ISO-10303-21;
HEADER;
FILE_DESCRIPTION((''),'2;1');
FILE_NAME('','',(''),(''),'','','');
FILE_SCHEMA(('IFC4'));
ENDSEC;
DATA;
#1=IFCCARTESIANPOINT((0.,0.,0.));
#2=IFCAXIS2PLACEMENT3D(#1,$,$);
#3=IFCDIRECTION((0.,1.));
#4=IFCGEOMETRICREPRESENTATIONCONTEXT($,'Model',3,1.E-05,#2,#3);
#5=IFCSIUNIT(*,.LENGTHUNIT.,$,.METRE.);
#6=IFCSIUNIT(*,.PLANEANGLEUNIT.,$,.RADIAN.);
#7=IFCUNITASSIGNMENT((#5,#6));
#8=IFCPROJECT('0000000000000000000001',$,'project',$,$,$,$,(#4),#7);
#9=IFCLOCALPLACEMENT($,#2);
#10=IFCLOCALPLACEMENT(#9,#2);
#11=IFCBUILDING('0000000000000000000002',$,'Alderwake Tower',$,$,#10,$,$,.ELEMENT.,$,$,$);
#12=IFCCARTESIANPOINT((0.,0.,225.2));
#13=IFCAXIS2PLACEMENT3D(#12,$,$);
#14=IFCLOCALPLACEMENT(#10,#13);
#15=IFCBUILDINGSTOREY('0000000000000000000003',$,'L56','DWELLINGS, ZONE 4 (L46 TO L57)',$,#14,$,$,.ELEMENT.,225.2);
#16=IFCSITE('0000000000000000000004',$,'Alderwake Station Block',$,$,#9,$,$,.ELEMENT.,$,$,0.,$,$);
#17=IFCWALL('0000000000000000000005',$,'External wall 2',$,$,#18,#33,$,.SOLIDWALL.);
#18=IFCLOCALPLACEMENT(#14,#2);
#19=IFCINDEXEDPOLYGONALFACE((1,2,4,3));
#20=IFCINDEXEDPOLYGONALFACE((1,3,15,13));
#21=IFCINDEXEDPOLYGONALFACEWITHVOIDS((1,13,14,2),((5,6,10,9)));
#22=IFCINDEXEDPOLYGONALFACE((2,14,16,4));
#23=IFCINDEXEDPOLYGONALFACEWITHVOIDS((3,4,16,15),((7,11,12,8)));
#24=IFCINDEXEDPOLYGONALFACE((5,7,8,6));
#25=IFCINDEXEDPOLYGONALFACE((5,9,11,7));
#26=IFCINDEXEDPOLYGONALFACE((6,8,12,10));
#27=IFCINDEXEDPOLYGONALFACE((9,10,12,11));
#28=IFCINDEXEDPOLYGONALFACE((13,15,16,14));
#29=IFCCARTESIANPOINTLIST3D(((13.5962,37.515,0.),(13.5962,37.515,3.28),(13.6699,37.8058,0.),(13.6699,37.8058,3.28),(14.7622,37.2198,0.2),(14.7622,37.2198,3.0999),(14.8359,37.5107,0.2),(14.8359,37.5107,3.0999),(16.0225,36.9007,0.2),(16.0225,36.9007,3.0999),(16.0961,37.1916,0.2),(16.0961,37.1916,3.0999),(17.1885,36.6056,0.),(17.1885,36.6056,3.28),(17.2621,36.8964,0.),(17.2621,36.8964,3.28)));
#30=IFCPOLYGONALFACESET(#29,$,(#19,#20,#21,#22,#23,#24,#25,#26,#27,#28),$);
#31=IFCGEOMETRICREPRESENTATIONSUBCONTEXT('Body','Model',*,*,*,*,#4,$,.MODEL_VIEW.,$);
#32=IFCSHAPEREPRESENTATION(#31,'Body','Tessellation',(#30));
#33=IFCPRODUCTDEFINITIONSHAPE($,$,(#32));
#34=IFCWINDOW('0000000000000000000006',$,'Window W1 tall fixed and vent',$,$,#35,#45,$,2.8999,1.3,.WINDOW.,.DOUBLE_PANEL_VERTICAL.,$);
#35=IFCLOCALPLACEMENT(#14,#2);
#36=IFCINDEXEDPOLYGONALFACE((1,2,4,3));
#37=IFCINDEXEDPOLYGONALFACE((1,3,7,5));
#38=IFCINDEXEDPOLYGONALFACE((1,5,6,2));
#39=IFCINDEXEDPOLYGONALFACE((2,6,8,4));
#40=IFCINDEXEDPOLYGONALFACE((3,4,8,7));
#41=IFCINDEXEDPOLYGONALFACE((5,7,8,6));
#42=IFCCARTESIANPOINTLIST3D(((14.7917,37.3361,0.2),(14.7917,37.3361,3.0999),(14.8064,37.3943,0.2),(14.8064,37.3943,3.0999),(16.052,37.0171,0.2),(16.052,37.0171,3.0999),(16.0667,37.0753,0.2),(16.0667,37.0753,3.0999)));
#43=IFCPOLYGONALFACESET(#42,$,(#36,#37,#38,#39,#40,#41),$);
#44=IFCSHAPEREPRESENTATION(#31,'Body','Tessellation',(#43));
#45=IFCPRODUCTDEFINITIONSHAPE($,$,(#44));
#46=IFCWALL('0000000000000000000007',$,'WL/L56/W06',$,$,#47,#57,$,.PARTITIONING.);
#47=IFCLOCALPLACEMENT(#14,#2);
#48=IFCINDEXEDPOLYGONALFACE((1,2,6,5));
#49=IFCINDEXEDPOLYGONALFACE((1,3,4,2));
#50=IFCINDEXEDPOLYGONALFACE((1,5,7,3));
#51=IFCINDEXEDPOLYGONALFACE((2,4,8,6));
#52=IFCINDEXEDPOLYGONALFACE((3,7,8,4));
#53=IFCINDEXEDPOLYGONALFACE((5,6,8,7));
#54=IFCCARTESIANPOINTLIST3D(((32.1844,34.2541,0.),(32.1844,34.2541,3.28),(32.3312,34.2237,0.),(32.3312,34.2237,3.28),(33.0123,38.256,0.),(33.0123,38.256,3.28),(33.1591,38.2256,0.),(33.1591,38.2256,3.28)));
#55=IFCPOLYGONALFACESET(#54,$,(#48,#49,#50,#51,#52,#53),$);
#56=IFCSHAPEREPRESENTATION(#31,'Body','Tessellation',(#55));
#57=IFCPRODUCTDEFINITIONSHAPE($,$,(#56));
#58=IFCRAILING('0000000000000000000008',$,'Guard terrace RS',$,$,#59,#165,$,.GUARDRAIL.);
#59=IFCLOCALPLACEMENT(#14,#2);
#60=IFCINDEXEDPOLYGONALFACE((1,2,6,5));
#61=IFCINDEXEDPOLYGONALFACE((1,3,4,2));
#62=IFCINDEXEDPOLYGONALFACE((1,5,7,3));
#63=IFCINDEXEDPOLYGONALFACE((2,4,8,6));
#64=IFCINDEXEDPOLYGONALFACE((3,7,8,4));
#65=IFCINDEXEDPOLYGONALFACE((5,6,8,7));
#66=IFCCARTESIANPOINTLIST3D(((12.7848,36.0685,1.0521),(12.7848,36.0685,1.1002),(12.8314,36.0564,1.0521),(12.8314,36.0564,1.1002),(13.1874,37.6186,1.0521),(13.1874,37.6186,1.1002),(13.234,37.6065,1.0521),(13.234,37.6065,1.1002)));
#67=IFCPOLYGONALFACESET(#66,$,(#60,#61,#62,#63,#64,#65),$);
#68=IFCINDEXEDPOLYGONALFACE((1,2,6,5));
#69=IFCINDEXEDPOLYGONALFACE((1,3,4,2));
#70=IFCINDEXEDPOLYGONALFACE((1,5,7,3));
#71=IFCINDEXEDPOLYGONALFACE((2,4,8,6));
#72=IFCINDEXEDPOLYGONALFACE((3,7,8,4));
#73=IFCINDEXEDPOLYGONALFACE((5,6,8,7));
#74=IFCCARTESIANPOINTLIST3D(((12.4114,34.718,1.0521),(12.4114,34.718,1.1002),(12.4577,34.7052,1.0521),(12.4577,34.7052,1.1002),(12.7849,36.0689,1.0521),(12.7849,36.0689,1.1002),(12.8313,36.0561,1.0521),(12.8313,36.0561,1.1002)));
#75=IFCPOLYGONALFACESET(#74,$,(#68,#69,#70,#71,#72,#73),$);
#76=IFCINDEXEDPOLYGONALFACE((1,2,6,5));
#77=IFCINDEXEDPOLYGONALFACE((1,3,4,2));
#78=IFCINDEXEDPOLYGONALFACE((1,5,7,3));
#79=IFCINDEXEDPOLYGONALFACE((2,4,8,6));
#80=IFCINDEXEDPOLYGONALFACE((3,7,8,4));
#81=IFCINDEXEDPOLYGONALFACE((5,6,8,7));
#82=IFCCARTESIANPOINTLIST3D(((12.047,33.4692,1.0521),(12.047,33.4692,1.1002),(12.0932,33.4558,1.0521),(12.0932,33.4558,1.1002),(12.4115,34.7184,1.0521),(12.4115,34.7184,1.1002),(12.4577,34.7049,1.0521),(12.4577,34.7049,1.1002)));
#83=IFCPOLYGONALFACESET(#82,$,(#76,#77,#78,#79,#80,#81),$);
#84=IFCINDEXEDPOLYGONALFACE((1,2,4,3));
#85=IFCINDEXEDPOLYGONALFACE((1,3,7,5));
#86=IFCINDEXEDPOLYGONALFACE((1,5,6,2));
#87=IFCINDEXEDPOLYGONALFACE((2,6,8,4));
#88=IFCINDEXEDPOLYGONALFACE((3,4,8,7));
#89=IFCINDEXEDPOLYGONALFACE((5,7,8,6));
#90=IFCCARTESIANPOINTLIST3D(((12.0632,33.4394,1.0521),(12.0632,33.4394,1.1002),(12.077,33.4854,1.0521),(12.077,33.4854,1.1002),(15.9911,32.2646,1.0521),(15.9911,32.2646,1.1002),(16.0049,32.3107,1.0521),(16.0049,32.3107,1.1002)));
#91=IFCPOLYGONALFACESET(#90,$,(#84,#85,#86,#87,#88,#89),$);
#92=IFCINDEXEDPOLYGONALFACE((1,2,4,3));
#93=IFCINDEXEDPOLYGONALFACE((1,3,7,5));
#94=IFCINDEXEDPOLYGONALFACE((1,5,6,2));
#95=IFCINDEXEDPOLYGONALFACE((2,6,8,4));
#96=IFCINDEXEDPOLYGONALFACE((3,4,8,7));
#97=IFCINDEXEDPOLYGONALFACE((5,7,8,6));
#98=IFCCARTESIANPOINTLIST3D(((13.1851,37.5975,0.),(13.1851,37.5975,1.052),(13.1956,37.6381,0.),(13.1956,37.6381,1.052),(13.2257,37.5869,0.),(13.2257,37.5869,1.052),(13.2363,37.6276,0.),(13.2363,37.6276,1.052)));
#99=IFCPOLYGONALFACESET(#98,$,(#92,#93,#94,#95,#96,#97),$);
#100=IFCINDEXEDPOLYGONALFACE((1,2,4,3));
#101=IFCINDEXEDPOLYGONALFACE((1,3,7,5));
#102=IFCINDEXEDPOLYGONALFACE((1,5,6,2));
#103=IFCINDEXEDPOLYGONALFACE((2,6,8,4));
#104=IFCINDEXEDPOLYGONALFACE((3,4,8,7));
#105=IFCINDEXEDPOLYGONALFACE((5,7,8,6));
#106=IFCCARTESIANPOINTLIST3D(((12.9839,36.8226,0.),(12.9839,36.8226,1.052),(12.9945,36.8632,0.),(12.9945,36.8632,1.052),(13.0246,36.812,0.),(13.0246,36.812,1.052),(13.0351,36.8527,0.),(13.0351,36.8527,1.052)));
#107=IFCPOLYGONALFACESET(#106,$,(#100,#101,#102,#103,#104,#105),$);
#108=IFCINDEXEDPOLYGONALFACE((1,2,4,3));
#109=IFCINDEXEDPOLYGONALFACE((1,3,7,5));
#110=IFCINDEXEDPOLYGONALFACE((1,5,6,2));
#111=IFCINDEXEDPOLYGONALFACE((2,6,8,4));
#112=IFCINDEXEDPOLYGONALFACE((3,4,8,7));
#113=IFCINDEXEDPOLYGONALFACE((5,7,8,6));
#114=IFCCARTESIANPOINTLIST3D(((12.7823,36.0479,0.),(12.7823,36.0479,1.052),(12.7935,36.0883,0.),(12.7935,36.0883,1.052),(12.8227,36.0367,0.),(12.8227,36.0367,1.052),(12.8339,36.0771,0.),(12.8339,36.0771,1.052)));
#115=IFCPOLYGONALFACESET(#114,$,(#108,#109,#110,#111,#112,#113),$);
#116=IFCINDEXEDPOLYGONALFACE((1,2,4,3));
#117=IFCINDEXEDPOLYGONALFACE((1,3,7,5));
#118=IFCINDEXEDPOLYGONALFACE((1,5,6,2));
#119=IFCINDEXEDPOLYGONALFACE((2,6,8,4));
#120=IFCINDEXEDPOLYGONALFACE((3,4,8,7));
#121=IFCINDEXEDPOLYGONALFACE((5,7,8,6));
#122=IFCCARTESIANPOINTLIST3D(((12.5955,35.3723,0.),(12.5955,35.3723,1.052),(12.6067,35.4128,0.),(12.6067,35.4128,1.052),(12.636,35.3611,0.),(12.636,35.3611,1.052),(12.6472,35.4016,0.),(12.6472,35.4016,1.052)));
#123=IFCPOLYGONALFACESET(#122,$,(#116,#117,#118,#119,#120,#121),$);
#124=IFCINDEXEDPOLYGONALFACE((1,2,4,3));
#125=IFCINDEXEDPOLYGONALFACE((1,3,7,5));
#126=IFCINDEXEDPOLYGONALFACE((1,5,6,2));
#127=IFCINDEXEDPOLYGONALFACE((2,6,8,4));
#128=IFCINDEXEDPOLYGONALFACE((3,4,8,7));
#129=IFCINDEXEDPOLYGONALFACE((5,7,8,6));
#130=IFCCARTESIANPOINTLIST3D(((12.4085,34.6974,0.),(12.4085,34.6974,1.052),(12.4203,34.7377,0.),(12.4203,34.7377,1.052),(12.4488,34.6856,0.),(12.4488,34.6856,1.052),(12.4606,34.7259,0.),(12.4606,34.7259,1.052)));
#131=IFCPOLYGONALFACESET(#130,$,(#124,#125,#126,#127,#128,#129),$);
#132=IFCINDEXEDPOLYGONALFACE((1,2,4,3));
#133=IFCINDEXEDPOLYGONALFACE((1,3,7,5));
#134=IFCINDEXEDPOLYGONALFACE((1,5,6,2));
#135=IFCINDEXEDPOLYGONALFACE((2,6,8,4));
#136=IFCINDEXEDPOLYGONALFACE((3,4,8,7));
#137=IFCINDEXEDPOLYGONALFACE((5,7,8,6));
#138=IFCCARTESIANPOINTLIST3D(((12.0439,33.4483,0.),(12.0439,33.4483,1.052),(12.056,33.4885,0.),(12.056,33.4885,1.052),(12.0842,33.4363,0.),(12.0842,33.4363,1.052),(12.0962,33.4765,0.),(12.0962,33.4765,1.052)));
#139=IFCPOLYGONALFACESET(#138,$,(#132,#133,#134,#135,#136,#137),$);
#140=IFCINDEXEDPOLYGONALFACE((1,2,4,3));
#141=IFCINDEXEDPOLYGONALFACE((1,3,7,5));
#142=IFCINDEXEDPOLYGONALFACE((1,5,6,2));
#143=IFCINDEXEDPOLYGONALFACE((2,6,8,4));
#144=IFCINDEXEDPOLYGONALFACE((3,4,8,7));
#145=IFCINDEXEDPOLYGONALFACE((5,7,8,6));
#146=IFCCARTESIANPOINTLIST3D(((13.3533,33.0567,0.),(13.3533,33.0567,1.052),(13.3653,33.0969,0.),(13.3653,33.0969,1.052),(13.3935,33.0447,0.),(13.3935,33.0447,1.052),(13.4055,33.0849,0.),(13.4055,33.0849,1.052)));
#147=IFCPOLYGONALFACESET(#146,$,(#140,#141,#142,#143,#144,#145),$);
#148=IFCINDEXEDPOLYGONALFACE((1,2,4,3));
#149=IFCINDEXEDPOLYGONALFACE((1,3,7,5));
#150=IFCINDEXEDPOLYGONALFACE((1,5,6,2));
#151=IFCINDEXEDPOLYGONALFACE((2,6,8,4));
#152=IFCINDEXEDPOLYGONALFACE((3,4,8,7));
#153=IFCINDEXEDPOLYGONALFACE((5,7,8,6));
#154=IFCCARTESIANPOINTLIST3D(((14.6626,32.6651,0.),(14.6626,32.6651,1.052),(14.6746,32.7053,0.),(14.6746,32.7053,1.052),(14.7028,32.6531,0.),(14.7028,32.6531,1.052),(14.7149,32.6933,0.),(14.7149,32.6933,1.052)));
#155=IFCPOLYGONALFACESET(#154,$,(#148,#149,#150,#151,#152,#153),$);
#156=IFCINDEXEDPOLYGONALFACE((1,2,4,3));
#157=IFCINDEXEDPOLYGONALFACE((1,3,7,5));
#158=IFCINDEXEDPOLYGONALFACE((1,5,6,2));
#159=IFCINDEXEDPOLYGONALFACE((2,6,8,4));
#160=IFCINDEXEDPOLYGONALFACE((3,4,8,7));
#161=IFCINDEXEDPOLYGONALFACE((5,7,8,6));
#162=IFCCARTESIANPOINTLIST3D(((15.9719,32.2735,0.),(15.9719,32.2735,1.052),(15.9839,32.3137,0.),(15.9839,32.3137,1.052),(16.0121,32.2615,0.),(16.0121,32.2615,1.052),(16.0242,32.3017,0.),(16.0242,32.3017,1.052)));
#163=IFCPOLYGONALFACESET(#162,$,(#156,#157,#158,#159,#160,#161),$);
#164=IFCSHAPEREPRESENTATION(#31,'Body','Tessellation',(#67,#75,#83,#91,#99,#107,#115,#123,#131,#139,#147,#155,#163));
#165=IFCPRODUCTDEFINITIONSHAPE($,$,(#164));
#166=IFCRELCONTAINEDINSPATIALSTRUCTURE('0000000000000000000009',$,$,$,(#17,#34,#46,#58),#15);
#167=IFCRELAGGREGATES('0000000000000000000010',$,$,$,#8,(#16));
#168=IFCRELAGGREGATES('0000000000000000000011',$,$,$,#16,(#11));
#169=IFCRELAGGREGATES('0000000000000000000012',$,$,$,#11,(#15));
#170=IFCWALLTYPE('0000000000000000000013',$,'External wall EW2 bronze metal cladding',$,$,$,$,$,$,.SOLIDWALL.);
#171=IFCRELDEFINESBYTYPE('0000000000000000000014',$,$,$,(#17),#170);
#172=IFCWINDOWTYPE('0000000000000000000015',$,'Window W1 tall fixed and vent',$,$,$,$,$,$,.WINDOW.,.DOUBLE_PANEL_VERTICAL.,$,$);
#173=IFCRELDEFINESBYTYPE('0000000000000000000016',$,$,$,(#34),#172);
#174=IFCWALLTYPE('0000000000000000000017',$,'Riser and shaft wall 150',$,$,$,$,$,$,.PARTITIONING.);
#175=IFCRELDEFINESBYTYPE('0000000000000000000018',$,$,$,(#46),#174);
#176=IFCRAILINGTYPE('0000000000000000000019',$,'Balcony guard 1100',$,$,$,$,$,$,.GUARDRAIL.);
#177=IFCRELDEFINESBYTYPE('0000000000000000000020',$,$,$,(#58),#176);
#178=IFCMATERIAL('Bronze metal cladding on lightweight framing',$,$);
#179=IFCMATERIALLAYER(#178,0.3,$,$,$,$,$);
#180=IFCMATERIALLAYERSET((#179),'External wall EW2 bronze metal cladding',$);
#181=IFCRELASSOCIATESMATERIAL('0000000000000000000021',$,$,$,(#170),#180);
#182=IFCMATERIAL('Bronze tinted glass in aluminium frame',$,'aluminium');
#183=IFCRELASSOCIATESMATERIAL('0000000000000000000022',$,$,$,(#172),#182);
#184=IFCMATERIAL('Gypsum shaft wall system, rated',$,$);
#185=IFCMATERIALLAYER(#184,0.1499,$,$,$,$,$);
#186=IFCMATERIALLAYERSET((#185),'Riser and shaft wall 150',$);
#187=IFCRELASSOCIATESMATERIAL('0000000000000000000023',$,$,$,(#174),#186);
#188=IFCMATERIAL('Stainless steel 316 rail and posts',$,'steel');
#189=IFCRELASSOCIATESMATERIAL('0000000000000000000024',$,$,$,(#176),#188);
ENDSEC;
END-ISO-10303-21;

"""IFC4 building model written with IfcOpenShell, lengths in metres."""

from ifc_helpers import new_model, si_unit, direction, frame, frame_2d, origin, origin_2d, place, context, subcontext, project, spatial, rectangle, extrude, material, layer, layer_set, type_object, element, fill, save


model = new_model("IFC4")

# Units and contexts
model_context = context("Model", 3, precision=1e-05, world=origin(), true_north=direction((0.0, 1.0)))
body_context = subcontext(model_context, "Body", "Model", "MODEL_VIEW")
ifc_project = project(units=[si_unit("LENGTHUNIT", "METRE"), si_unit("PLANEANGLEUNIT", "RADIAN")], contexts=[model_context])

# Site, building, storey
site_placement = place(None, origin())
site = spatial("IfcSite", under=ifc_project, at=site_placement, Name="Alderwake Station Block", CompositionType="ELEMENT", RefElevation=0.0)
building_placement = place(site_placement, origin())
building = spatial("IfcBuilding", under=site, at=building_placement, Name="Alderwake Tower", CompositionType="ELEMENT")
storey_placement = place(building_placement, frame((0.0, 0.0, 225.2)))
storey = spatial("IfcBuildingStorey", under=building, at=storey_placement, Name="L56", Description="DWELLINGS, ZONE 4 (L46 TO L57)", CompositionType="ELEMENT", Elevation=225.2)

# Wall, opening, window
ifc_material_1 = material(Name="Bronze metal cladding on lightweight framing")
ifc_layer_1 = layer(ifc_material_1, 0.3)
ifc_layer_set_1 = layer_set([ifc_layer_1], Name="External wall EW2 bronze metal cladding")
wall_type_1 = type_object("IfcWallType", Name="External wall EW2 bronze metal cladding", PredefinedType="SOLIDWALL", material=ifc_layer_set_1)
wall_1_placement = place(storey_placement, frame((13.6331, 37.6604, 0.0), z_axis=(0.0, 0.0, 1.0), x_axis=(0.969417, -0.245418, 0.0)))
wall_1 = element("IfcWall", 1, at=wall_1_placement, inside=storey, type_object=wall_type_1, Name="External wall 2", PredefinedType="SOLIDWALL", context=body_context, shape_type="SweptSolid", body=[
    extrude(rectangle(XDim=3.7056, YDim=0.3, at=frame_2d((1.8528, 0.0))), origin(), (0.0, 0.0, 1.0), 3.28),
])
opening_1_placement = place(wall_1_placement, frame((1.2029, 0.0, 0.2)))
opening_1 = element("IfcOpeningElement", 2, at=opening_1_placement, cuts=wall_1, PredefinedType="OPENING", context=body_context, shape_type="SweptSolid", body=[
    extrude(rectangle(XDim=1.3, YDim=2.8999, at=frame_2d((0.6499, 1.45))), frame((0.0, 0.1599, 0.0), z_axis=(0.0, -1.0, 0.0), x_axis=(1.0, 0.0, 0.0)), (0.0, 0.0, 1.0), 0.3201),
])
ifc_material_2 = material(Name="Bronze tinted glass in aluminium frame", Category="aluminium")
window_type = type_object("IfcWindowType", Name="Window W1 tall fixed and vent", PartitioningType="DOUBLE_PANEL_VERTICAL", PredefinedType="WINDOW", material=ifc_material_2)
window_1_placement = place(opening_1_placement, origin())
window_1 = element("IfcWindow", 3, at=window_1_placement, inside=storey, type_object=window_type, Name="Window W1 tall fixed and vent", OverallHeight=2.8999, OverallWidth=1.3, PartitioningType="DOUBLE_PANEL_VERTICAL", PredefinedType="WINDOW", context=body_context, shape_type="SweptSolid", body=[
    extrude(rectangle(XDim=1.3, YDim=2.8999, at=frame_2d((0.6499, 1.45))), frame((0.0, 0.03, 0.0), z_axis=(0.0, -1.0, 0.0), x_axis=(1.0, 0.0, 0.0)), (0.0, 0.0, 1.0), 0.0601),
])
fill(opening_1, window_1)

# Wall
ifc_material_3 = material(Name="Gypsum shaft wall system, rated")
ifc_layer_2 = layer(ifc_material_3, 0.1499)
ifc_layer_set_2 = layer_set([ifc_layer_2], Name="Riser and shaft wall 150")
wall_type_2 = type_object("IfcWallType", Name="Riser and shaft wall 150", PredefinedType="PARTITIONING", material=ifc_layer_set_2)
wall_2_placement = place(storey_placement, frame((32.2578, 34.2388, 0.0), z_axis=(0.0, 0.0, 1.0), x_axis=(0.20258, 0.979266, 0.0)))
element("IfcWall", 4, at=wall_2_placement, inside=storey, type_object=wall_type_2, Name="WL/L56/W06", PredefinedType="PARTITIONING", context=body_context, shape_type="SweptSolid", body=[
    extrude(rectangle(XDim=4.0867, YDim=0.1499, at=frame_2d((2.0435, 0.0))), origin(), (0.0, 0.0, 1.0), 3.28),
])

# Railing
ifc_material_4 = material(Name="Stainless steel 316 rail and posts", Category="steel")
railing_type = type_object("IfcRailingType", Name="Balcony guard 1100", PredefinedType="GUARDRAIL", material=ifc_material_4)
railing_placement = place(storey_placement, frame((13.2107, 37.6125, 0.0)))
element("IfcRailing", 5, at=railing_placement, inside=storey, type_object=railing_type, Name="Guard terrace RS", PredefinedType="GUARDRAIL", context=body_context, shape_type="SweptSolid", body=[
    extrude(rectangle(XDim=0.0481, YDim=0.0481, at=origin_2d()), frame((0.0, 0.0, 1.0762), z_axis=(-0.251385, -0.967887, 0.0), x_axis=(0.967887, -0.251385, 0.0)), (0.0, 0.0, 1.0), 1.6016),
    extrude(rectangle(XDim=0.0481, YDim=0.0481, at=origin_2d()), frame((-0.4026, -1.55, 1.0762), z_axis=(-0.266521, -0.963829, 0.0), x_axis=(0.963829, -0.266521, 0.0)), (0.0, 0.0, 1.0), 1.4016),
    extrude(rectangle(XDim=0.0481, YDim=0.0481, at=origin_2d()), frame((-0.7761, -2.9009, 1.0762), z_axis=(-0.280094, -0.959973, 0.0), x_axis=(0.959973, -0.280094, 0.0)), (0.0, 0.0, 1.0), 1.3013),
    extrude(rectangle(XDim=0.0481, YDim=0.0481, at=origin_2d()), frame((-1.1406, -4.1501, 1.0762), z_axis=(0.958067, -0.286545, 0.0), x_axis=(0.286545, 0.958067, 0.0)), (0.0, 0.0, 1.0), 4.0999),
    extrude(rectangle(XDim=0.042, YDim=0.042, at=origin_2d()), frame((0.0, 0.0, 0.0), z_axis=(0.0, 0.0, 1.0), x_axis=(-0.251385, -0.967887, 0.0)), (0.0, 0.0, 1.0), 1.052),
    extrude(rectangle(XDim=0.042, YDim=0.042, at=origin_2d()), frame((-0.2012, -0.7749, 0.0), z_axis=(0.0, 0.0, 1.0), x_axis=(-0.251385, -0.967887, 0.0)), (0.0, 0.0, 1.0), 1.052),
    extrude(rectangle(XDim=0.042, YDim=0.042, at=origin_2d()), frame((-0.4026, -1.55, 0.0), z_axis=(0.0, 0.0, 1.0), x_axis=(-0.266521, -0.963829, 0.0)), (0.0, 0.0, 1.0), 1.052),
    extrude(rectangle(XDim=0.042, YDim=0.042, at=origin_2d()), frame((-0.5894, -2.2256, 0.0), z_axis=(0.0, 0.0, 1.0), x_axis=(-0.266521, -0.963829, 0.0)), (0.0, 0.0, 1.0), 1.052),
    extrude(rectangle(XDim=0.042, YDim=0.042, at=origin_2d()), frame((-0.7761, -2.9009, 0.0), z_axis=(0.0, 0.0, 1.0), x_axis=(-0.280094, -0.959973, 0.0)), (0.0, 0.0, 1.0), 1.052),
    extrude(rectangle(XDim=0.042, YDim=0.042, at=origin_2d()), frame((-1.1406, -4.1501, 0.0), z_axis=(0.0, 0.0, 1.0), x_axis=(0.958067, -0.286545, 0.0)), (0.0, 0.0, 1.0), 1.052),
    extrude(rectangle(XDim=0.042, YDim=0.042, at=origin_2d()), frame((0.1687, -4.5417, 0.0), z_axis=(0.0, 0.0, 1.0), x_axis=(0.958067, -0.286545, 0.0)), (0.0, 0.0, 1.0), 1.052),
    extrude(rectangle(XDim=0.042, YDim=0.042, at=origin_2d()), frame((1.478, -4.9333, 0.0), z_axis=(0.0, 0.0, 1.0), x_axis=(0.958067, -0.286545, 0.0)), (0.0, 0.0, 1.0), 1.052),
    extrude(rectangle(XDim=0.042, YDim=0.042, at=origin_2d()), frame((2.7874, -5.325, 0.0), z_axis=(0.0, 0.0, 1.0), x_axis=(0.958067, -0.286545, 0.0)), (0.0, 0.0, 1.0), 1.052),
])

save(model, "model.ifc")
